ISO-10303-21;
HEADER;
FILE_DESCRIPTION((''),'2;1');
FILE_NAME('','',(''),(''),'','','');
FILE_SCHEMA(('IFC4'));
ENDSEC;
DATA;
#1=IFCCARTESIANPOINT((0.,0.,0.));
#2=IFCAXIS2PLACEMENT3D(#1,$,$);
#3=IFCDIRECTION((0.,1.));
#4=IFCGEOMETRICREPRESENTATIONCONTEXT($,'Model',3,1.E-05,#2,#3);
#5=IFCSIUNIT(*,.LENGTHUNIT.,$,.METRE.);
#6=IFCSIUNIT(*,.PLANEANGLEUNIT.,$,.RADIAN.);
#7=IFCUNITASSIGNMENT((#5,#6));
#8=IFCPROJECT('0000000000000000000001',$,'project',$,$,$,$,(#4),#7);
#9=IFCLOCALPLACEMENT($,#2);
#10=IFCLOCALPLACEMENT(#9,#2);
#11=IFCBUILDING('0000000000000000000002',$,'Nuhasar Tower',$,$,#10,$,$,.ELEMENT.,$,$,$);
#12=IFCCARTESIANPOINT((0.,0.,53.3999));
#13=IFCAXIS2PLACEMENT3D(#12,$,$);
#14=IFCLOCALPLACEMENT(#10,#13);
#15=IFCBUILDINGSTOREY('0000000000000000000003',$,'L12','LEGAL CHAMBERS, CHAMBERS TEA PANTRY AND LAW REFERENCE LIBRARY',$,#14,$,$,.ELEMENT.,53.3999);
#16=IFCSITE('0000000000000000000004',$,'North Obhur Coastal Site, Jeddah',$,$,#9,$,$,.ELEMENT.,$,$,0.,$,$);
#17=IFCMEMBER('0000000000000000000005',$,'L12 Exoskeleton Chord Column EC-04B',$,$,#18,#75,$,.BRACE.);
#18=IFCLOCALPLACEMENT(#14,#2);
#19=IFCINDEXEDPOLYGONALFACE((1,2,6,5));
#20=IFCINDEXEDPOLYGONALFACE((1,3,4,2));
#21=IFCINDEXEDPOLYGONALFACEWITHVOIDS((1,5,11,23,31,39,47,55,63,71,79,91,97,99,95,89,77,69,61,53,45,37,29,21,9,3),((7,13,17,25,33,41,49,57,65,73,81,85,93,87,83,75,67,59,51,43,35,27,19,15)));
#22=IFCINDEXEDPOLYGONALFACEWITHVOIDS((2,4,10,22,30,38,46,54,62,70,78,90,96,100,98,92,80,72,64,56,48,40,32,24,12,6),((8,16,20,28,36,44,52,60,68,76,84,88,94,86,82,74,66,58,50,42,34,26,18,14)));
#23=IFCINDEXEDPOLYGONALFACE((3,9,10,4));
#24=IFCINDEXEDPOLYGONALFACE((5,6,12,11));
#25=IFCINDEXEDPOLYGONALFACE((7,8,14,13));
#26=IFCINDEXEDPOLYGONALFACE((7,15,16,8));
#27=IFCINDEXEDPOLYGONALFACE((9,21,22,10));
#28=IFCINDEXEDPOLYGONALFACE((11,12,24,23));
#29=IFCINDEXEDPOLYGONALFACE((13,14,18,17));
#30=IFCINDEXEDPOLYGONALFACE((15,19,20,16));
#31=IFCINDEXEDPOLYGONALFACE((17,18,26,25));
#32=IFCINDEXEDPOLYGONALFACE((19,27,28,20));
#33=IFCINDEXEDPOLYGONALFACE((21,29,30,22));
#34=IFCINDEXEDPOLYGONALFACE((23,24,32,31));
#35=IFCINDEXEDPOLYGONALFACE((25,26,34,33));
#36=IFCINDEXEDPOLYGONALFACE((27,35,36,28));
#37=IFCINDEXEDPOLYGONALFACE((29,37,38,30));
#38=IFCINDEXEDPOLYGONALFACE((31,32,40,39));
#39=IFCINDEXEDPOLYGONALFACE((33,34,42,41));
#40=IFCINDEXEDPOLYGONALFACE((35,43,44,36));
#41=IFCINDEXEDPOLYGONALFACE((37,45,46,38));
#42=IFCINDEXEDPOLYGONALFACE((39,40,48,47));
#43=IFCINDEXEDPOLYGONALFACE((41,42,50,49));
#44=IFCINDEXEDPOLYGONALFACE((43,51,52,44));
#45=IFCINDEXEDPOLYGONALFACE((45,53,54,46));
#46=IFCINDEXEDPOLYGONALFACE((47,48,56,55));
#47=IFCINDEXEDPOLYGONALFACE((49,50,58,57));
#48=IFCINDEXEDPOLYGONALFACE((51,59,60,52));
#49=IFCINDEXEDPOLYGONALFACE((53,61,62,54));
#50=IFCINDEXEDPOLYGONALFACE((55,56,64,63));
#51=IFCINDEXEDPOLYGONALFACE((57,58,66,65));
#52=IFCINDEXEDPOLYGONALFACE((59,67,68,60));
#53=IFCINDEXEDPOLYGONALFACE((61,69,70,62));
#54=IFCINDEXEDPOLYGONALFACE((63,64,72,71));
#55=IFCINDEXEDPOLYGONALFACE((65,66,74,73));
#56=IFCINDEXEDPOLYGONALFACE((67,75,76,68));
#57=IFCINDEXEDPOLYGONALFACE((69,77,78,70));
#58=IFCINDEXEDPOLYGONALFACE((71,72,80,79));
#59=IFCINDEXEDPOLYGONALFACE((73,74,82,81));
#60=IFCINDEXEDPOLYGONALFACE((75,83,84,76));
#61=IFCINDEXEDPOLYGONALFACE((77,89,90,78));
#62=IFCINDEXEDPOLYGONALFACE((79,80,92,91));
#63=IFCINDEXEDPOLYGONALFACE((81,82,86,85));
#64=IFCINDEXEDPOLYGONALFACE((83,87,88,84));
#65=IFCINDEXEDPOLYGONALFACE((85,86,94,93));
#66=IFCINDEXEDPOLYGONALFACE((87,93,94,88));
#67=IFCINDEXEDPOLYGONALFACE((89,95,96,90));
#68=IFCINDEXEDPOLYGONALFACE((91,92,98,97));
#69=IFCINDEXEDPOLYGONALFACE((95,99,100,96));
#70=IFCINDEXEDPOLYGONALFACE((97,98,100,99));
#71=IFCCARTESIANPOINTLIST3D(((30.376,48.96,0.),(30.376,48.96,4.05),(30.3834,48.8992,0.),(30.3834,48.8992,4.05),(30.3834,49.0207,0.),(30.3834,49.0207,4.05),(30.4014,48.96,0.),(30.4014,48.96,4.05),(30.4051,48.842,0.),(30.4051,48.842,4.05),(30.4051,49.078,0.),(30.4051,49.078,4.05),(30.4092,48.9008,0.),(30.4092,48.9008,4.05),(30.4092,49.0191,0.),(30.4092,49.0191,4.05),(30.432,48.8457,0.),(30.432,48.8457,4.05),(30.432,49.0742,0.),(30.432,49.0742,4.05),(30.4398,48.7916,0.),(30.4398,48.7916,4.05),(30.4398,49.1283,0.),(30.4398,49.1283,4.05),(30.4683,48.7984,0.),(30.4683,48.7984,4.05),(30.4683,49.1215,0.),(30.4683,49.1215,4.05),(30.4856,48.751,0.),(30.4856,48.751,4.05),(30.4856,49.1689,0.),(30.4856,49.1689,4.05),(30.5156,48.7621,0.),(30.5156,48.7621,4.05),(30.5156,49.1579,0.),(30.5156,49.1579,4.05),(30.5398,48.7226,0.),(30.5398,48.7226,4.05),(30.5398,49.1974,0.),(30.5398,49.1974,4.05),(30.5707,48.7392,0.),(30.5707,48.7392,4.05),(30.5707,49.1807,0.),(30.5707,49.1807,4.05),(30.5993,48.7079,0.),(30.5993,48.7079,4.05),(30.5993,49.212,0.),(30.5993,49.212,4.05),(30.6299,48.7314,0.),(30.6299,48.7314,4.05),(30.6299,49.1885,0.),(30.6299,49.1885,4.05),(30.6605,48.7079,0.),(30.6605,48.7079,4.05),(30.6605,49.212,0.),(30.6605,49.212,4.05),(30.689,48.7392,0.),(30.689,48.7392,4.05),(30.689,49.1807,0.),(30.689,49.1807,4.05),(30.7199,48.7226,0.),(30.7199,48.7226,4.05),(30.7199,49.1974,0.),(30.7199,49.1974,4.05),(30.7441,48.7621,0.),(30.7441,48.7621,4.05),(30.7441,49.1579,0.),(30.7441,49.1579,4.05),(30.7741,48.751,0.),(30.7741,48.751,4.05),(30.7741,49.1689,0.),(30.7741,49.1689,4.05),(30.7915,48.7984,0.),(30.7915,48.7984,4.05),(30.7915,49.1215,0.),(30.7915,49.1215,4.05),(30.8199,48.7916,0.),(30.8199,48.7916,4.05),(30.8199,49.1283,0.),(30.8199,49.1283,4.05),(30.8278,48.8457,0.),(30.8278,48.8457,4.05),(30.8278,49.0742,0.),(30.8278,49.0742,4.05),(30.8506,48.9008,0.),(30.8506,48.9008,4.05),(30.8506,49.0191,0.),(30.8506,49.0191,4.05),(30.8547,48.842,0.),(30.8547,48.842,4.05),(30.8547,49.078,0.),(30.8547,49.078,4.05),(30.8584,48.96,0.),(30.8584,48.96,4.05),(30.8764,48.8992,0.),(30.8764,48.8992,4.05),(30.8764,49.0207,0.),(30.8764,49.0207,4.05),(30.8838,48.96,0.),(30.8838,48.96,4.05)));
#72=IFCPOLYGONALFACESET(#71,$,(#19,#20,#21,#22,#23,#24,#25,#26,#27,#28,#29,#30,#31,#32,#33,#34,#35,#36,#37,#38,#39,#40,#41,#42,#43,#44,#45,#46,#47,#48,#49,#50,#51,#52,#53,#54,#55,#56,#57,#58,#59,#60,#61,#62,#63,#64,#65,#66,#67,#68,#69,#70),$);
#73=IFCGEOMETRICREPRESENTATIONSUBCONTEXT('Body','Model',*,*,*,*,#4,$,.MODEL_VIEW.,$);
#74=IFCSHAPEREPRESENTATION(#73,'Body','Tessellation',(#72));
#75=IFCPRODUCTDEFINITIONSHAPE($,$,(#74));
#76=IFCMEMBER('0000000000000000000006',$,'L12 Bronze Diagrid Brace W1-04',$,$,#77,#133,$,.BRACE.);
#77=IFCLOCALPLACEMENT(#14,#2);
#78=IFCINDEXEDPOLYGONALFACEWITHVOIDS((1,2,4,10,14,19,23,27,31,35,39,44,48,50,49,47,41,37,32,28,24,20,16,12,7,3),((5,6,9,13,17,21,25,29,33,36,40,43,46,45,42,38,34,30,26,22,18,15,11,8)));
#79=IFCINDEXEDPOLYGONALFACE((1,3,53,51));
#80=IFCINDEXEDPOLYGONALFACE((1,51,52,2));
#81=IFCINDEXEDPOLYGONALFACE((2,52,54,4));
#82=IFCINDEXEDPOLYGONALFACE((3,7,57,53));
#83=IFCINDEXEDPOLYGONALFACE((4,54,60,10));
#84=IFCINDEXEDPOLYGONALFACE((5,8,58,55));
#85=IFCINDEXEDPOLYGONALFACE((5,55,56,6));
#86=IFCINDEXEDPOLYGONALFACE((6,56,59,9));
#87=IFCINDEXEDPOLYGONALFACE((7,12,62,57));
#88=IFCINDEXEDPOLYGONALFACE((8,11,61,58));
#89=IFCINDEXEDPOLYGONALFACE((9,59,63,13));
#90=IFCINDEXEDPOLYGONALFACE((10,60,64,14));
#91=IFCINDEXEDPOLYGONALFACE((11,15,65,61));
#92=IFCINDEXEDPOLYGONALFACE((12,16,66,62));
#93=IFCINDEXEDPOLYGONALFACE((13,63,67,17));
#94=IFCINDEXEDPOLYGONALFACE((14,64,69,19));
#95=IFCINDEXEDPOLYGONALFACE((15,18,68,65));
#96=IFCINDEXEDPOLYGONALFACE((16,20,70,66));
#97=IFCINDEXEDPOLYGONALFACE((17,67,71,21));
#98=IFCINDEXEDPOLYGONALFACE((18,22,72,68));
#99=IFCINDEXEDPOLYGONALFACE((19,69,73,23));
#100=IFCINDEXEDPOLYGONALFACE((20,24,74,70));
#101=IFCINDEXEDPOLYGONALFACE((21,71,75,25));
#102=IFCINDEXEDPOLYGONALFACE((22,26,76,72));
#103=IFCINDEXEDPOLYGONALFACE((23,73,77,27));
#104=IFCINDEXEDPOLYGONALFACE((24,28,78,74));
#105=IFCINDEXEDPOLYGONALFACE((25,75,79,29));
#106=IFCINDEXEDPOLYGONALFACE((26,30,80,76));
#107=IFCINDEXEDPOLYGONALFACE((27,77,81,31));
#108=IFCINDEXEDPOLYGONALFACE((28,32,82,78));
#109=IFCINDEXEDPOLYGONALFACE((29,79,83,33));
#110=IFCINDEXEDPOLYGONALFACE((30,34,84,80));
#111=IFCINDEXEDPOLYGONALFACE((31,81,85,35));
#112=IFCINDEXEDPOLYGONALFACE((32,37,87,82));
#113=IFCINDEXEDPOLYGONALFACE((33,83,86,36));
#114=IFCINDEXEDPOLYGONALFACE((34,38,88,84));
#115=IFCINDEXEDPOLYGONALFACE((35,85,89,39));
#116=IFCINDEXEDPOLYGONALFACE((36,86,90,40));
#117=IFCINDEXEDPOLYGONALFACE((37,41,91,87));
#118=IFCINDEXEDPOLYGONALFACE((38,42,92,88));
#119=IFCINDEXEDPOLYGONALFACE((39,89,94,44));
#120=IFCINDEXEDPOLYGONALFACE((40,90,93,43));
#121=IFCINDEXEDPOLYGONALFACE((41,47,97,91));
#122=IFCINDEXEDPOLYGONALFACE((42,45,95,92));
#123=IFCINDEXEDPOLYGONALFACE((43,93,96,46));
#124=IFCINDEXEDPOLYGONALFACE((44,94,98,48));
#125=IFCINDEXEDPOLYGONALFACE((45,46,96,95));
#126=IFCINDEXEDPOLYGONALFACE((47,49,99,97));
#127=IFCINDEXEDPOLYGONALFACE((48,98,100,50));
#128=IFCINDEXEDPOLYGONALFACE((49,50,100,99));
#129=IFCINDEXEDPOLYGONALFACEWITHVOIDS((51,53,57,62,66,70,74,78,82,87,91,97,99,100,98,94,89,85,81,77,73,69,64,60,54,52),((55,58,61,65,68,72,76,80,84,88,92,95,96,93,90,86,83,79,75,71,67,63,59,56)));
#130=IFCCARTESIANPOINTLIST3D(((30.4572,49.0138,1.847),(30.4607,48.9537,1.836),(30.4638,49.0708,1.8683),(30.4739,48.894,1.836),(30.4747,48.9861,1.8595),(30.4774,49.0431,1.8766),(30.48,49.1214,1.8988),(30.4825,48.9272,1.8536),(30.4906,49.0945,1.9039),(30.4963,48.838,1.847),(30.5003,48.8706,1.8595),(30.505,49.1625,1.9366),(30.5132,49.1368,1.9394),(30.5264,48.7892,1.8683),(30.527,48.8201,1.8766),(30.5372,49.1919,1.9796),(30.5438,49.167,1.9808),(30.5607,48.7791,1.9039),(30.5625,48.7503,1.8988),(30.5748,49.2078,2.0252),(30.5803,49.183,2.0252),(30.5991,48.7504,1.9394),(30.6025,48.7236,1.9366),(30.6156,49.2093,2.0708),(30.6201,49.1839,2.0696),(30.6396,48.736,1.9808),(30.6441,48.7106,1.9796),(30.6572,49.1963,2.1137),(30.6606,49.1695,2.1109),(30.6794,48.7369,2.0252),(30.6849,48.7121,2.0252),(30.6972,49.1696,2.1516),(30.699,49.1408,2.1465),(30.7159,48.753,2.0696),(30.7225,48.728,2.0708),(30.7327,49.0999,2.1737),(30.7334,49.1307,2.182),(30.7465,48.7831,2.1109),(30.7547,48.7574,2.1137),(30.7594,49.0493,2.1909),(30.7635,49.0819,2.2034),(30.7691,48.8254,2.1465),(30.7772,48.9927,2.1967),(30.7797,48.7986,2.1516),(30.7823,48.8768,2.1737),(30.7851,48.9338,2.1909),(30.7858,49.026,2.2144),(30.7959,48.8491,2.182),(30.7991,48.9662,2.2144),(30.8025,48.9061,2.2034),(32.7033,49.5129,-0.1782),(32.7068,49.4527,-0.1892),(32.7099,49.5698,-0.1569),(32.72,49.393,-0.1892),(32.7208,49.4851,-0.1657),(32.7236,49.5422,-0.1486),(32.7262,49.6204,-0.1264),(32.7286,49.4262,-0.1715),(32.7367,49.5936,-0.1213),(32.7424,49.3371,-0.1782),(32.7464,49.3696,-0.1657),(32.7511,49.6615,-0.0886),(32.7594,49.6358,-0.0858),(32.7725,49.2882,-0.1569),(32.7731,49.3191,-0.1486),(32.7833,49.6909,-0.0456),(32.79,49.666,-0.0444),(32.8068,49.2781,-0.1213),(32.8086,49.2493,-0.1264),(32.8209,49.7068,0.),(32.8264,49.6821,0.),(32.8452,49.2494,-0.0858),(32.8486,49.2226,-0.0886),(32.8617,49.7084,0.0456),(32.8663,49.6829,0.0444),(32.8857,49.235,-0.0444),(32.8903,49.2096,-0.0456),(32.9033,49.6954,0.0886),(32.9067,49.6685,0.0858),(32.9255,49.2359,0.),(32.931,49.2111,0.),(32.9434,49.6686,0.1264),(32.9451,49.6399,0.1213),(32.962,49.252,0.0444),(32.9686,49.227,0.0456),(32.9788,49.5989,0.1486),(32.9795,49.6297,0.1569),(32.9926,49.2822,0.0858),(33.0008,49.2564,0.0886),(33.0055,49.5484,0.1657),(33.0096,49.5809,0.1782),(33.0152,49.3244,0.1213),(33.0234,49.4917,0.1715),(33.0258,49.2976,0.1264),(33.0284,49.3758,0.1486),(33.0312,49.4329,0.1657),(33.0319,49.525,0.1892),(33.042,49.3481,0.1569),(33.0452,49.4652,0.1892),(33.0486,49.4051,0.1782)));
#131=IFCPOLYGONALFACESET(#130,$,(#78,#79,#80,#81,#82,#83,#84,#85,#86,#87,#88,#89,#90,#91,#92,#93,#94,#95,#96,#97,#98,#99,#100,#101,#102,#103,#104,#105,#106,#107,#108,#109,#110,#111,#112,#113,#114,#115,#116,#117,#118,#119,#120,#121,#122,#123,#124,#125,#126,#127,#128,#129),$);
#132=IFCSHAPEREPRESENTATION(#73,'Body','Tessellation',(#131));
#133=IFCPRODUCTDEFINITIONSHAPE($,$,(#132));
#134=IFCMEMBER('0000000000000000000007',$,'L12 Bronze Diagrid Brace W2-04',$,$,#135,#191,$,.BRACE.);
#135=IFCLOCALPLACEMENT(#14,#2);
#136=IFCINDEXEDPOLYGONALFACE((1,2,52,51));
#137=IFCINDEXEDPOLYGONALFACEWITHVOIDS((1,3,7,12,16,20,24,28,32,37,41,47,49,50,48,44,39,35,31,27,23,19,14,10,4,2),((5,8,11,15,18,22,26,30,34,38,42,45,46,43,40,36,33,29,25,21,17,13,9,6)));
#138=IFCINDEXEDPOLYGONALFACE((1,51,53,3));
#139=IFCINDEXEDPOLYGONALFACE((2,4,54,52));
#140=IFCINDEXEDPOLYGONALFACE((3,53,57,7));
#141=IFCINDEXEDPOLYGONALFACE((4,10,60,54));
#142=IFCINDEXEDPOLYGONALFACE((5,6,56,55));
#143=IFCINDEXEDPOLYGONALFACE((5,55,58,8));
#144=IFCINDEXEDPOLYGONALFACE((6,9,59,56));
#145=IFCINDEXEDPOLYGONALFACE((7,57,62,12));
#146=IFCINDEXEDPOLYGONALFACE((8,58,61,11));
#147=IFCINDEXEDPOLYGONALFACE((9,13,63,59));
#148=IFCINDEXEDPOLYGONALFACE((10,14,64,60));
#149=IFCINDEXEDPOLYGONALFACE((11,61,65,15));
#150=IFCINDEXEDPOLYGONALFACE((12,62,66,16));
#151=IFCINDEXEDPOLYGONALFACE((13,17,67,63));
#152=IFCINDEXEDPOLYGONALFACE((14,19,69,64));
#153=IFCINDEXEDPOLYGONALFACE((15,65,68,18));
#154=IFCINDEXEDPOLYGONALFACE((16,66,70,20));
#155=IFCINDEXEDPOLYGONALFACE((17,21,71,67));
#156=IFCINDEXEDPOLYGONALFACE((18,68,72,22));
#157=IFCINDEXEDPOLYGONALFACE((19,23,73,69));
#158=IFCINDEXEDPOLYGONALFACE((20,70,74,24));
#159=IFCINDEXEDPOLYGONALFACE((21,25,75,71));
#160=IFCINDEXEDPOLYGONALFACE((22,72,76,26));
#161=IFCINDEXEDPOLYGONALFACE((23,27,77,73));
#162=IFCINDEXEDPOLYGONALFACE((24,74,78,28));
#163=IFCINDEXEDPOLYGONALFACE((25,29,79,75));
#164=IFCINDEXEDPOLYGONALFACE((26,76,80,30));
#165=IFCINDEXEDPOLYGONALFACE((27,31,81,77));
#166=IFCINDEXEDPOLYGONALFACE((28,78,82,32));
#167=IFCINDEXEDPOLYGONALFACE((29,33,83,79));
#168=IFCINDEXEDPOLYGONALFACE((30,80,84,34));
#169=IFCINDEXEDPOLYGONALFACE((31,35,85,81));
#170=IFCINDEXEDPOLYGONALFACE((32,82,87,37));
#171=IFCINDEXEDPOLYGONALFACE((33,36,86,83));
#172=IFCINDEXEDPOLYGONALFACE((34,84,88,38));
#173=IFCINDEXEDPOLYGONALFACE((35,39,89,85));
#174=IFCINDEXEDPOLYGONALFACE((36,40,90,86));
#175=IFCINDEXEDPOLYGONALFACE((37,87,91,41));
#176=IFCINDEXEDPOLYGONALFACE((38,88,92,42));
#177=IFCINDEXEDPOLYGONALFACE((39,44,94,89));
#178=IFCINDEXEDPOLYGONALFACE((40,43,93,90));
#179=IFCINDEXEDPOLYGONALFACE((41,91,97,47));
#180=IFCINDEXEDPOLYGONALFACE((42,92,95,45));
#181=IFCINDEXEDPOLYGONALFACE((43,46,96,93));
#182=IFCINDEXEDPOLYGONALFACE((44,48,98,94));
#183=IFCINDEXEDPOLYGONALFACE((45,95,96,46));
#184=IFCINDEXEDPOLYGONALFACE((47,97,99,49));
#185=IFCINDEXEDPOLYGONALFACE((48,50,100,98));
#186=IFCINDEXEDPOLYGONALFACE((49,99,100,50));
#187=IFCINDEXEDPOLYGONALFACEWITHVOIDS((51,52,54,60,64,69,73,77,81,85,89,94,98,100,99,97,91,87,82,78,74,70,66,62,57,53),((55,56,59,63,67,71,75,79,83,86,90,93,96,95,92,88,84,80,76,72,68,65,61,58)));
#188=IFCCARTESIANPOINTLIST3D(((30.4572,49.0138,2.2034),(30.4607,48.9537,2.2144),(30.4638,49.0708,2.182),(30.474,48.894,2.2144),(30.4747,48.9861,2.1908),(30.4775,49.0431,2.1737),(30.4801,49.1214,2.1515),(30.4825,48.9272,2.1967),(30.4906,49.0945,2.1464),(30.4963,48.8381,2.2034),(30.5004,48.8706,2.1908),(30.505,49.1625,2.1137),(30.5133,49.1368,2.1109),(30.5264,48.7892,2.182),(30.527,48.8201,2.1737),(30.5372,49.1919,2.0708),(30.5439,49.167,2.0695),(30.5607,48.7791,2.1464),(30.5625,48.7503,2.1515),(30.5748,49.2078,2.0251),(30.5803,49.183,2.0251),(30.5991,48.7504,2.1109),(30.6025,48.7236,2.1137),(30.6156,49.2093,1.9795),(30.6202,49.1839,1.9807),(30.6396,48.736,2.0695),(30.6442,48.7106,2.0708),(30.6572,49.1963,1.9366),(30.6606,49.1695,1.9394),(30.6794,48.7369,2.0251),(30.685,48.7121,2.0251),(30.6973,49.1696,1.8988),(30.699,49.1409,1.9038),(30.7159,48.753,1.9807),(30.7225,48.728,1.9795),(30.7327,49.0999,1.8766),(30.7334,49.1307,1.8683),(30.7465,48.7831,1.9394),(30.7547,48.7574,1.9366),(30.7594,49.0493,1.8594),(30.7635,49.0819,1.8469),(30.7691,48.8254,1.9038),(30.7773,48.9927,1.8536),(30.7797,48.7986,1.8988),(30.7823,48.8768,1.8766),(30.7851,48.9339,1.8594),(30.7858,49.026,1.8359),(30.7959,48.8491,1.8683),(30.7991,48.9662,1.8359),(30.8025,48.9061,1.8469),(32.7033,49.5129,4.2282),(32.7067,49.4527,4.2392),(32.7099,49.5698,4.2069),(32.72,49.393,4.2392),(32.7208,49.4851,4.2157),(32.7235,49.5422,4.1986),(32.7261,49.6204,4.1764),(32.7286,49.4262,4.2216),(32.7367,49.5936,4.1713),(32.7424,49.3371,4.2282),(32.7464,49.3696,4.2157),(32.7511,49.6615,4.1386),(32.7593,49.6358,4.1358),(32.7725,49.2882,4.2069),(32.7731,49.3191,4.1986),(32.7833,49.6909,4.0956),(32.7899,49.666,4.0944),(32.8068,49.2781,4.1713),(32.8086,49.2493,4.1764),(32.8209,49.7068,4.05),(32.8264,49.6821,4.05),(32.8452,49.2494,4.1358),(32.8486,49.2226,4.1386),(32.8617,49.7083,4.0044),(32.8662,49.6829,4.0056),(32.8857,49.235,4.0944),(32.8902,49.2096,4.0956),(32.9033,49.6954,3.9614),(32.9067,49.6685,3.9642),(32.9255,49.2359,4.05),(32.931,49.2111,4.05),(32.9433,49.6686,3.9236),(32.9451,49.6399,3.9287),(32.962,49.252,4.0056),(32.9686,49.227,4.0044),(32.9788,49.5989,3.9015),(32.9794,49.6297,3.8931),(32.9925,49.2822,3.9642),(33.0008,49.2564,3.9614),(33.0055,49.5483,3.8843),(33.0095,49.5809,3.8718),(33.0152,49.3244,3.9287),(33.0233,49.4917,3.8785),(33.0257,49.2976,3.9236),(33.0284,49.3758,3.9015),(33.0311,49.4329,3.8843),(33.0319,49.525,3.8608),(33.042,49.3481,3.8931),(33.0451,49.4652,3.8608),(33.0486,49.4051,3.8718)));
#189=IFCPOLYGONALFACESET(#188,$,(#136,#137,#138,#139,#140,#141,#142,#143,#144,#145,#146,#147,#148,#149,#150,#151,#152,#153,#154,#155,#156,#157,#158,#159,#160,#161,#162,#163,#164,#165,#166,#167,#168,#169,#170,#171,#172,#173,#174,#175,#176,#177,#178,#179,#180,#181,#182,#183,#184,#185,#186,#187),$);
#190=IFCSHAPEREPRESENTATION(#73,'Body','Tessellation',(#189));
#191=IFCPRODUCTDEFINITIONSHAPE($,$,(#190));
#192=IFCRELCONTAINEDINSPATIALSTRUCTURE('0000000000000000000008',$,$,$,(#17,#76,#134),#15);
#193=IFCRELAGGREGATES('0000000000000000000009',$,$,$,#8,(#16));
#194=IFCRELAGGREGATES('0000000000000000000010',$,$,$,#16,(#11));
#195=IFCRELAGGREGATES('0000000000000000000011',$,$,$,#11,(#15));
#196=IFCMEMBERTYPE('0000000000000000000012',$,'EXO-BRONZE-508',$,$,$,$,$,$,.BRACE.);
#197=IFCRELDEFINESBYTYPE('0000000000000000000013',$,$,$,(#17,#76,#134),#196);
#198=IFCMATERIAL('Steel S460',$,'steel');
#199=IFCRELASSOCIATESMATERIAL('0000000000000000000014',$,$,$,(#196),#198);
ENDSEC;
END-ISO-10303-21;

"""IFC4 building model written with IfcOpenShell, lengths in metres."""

from ifc_helpers import new_model, si_unit, direction, frame, origin, origin_2d, place, context, subcontext, project, spatial, hollow_circle, extrude, material, material_profile, profile_set, type_object, element, save


model = new_model("IFC4")

# Units and contexts
model_context = context("Model", 3, precision=1e-05, world=origin(), true_north=direction((0.0, 1.0)))
body_context = subcontext(model_context, "Body", "Model", "MODEL_VIEW")
ifc_project = project(units=[si_unit("LENGTHUNIT", "METRE"), si_unit("PLANEANGLEUNIT", "RADIAN")], contexts=[model_context])

# Site, building, storey
site_placement = place(None, origin())
site = spatial("IfcSite", under=ifc_project, at=site_placement, Name="North Obhur Coastal Site, Jeddah", CompositionType="ELEMENT", RefElevation=0.0)
building_placement = place(site_placement, origin())
building = spatial("IfcBuilding", under=site, at=building_placement, Name="Nuhasar Tower", CompositionType="ELEMENT")
storey_placement = place(building_placement, frame((0.0, 0.0, 53.3999)))
storey = spatial("IfcBuildingStorey", under=building, at=storey_placement, Name="L12", Description="LEGAL CHAMBERS, CHAMBERS TEA PANTRY AND LAW REFERENCE LIBRARY", CompositionType="ELEMENT", Elevation=53.3999)

# Members
ifc_material_1 = material(Name="Steel S460", Category="steel")
ifc_material_profile_1 = material_profile(ifc_material_1, hollow_circle(Radius=0.2539, WallThickness=0.0254, at=origin_2d()), Name="HSS508X25.4")
ifc_profile_set_1 = profile_set([ifc_material_profile_1], Name="Steel S460")
member_type_1 = type_object("IfcMemberType", Name="EXO-BRONZE-508", PredefinedType="BRACE", material=ifc_profile_set_1)
for number, where, z_axis, x_axis, name in (
    (1, (30.6299, 48.96, 0.0), (0.0, 0.0, 1.0), (1.0, 0.0, 0.0), "L12 Exoskeleton Chord Column EC-04B"),
):
    element("IfcMember", number, at=place(storey_placement, frame(where, z_axis=z_axis, x_axis=x_axis)), inside=storey, type_object=member_type_1, Name=name, PredefinedType="BRACE", context=body_context, shape_type="SweptSolid", body=[
        extrude(hollow_circle(Radius=0.2539, WallThickness=0.0254, at=origin_2d()), origin(), (0.0, 0.0, 1.0), 4.05),
    ])
member_1_placement = place(storey_placement, frame((32.876, 49.459, 0.0), z_axis=(-0.732783, -0.162805, 0.660699), x_axis=(0.216886, -0.976197, 0.0)))
element("IfcMember", 2, at=member_1_placement, inside=storey, type_object=member_type_1, Name="L12 Bronze Diagrid Brace W1-04", PredefinedType="BRACE", context=body_context, shape_type="SweptSolid", body=[
    extrude(hollow_circle(Radius=0.2539, WallThickness=0.0254, at=origin_2d()), origin(), (0.0, 0.0, 1.0), 3.0652),
])
member_2_placement = place(storey_placement, frame((30.6299, 48.96, 2.0251), z_axis=(0.732821, 0.162814, 0.660654), x_axis=(-0.216886, 0.976197, 0.0)))
element("IfcMember", 3, at=member_2_placement, inside=storey, type_object=member_type_1, Name="L12 Bronze Diagrid Brace W2-04", PredefinedType="BRACE", context=body_context, shape_type="SweptSolid", body=[
    extrude(hollow_circle(Radius=0.2539, WallThickness=0.0254, at=origin_2d()), origin(), (0.0, 0.0, 1.0), 3.0649),
])

save(model, "model.ifc")
